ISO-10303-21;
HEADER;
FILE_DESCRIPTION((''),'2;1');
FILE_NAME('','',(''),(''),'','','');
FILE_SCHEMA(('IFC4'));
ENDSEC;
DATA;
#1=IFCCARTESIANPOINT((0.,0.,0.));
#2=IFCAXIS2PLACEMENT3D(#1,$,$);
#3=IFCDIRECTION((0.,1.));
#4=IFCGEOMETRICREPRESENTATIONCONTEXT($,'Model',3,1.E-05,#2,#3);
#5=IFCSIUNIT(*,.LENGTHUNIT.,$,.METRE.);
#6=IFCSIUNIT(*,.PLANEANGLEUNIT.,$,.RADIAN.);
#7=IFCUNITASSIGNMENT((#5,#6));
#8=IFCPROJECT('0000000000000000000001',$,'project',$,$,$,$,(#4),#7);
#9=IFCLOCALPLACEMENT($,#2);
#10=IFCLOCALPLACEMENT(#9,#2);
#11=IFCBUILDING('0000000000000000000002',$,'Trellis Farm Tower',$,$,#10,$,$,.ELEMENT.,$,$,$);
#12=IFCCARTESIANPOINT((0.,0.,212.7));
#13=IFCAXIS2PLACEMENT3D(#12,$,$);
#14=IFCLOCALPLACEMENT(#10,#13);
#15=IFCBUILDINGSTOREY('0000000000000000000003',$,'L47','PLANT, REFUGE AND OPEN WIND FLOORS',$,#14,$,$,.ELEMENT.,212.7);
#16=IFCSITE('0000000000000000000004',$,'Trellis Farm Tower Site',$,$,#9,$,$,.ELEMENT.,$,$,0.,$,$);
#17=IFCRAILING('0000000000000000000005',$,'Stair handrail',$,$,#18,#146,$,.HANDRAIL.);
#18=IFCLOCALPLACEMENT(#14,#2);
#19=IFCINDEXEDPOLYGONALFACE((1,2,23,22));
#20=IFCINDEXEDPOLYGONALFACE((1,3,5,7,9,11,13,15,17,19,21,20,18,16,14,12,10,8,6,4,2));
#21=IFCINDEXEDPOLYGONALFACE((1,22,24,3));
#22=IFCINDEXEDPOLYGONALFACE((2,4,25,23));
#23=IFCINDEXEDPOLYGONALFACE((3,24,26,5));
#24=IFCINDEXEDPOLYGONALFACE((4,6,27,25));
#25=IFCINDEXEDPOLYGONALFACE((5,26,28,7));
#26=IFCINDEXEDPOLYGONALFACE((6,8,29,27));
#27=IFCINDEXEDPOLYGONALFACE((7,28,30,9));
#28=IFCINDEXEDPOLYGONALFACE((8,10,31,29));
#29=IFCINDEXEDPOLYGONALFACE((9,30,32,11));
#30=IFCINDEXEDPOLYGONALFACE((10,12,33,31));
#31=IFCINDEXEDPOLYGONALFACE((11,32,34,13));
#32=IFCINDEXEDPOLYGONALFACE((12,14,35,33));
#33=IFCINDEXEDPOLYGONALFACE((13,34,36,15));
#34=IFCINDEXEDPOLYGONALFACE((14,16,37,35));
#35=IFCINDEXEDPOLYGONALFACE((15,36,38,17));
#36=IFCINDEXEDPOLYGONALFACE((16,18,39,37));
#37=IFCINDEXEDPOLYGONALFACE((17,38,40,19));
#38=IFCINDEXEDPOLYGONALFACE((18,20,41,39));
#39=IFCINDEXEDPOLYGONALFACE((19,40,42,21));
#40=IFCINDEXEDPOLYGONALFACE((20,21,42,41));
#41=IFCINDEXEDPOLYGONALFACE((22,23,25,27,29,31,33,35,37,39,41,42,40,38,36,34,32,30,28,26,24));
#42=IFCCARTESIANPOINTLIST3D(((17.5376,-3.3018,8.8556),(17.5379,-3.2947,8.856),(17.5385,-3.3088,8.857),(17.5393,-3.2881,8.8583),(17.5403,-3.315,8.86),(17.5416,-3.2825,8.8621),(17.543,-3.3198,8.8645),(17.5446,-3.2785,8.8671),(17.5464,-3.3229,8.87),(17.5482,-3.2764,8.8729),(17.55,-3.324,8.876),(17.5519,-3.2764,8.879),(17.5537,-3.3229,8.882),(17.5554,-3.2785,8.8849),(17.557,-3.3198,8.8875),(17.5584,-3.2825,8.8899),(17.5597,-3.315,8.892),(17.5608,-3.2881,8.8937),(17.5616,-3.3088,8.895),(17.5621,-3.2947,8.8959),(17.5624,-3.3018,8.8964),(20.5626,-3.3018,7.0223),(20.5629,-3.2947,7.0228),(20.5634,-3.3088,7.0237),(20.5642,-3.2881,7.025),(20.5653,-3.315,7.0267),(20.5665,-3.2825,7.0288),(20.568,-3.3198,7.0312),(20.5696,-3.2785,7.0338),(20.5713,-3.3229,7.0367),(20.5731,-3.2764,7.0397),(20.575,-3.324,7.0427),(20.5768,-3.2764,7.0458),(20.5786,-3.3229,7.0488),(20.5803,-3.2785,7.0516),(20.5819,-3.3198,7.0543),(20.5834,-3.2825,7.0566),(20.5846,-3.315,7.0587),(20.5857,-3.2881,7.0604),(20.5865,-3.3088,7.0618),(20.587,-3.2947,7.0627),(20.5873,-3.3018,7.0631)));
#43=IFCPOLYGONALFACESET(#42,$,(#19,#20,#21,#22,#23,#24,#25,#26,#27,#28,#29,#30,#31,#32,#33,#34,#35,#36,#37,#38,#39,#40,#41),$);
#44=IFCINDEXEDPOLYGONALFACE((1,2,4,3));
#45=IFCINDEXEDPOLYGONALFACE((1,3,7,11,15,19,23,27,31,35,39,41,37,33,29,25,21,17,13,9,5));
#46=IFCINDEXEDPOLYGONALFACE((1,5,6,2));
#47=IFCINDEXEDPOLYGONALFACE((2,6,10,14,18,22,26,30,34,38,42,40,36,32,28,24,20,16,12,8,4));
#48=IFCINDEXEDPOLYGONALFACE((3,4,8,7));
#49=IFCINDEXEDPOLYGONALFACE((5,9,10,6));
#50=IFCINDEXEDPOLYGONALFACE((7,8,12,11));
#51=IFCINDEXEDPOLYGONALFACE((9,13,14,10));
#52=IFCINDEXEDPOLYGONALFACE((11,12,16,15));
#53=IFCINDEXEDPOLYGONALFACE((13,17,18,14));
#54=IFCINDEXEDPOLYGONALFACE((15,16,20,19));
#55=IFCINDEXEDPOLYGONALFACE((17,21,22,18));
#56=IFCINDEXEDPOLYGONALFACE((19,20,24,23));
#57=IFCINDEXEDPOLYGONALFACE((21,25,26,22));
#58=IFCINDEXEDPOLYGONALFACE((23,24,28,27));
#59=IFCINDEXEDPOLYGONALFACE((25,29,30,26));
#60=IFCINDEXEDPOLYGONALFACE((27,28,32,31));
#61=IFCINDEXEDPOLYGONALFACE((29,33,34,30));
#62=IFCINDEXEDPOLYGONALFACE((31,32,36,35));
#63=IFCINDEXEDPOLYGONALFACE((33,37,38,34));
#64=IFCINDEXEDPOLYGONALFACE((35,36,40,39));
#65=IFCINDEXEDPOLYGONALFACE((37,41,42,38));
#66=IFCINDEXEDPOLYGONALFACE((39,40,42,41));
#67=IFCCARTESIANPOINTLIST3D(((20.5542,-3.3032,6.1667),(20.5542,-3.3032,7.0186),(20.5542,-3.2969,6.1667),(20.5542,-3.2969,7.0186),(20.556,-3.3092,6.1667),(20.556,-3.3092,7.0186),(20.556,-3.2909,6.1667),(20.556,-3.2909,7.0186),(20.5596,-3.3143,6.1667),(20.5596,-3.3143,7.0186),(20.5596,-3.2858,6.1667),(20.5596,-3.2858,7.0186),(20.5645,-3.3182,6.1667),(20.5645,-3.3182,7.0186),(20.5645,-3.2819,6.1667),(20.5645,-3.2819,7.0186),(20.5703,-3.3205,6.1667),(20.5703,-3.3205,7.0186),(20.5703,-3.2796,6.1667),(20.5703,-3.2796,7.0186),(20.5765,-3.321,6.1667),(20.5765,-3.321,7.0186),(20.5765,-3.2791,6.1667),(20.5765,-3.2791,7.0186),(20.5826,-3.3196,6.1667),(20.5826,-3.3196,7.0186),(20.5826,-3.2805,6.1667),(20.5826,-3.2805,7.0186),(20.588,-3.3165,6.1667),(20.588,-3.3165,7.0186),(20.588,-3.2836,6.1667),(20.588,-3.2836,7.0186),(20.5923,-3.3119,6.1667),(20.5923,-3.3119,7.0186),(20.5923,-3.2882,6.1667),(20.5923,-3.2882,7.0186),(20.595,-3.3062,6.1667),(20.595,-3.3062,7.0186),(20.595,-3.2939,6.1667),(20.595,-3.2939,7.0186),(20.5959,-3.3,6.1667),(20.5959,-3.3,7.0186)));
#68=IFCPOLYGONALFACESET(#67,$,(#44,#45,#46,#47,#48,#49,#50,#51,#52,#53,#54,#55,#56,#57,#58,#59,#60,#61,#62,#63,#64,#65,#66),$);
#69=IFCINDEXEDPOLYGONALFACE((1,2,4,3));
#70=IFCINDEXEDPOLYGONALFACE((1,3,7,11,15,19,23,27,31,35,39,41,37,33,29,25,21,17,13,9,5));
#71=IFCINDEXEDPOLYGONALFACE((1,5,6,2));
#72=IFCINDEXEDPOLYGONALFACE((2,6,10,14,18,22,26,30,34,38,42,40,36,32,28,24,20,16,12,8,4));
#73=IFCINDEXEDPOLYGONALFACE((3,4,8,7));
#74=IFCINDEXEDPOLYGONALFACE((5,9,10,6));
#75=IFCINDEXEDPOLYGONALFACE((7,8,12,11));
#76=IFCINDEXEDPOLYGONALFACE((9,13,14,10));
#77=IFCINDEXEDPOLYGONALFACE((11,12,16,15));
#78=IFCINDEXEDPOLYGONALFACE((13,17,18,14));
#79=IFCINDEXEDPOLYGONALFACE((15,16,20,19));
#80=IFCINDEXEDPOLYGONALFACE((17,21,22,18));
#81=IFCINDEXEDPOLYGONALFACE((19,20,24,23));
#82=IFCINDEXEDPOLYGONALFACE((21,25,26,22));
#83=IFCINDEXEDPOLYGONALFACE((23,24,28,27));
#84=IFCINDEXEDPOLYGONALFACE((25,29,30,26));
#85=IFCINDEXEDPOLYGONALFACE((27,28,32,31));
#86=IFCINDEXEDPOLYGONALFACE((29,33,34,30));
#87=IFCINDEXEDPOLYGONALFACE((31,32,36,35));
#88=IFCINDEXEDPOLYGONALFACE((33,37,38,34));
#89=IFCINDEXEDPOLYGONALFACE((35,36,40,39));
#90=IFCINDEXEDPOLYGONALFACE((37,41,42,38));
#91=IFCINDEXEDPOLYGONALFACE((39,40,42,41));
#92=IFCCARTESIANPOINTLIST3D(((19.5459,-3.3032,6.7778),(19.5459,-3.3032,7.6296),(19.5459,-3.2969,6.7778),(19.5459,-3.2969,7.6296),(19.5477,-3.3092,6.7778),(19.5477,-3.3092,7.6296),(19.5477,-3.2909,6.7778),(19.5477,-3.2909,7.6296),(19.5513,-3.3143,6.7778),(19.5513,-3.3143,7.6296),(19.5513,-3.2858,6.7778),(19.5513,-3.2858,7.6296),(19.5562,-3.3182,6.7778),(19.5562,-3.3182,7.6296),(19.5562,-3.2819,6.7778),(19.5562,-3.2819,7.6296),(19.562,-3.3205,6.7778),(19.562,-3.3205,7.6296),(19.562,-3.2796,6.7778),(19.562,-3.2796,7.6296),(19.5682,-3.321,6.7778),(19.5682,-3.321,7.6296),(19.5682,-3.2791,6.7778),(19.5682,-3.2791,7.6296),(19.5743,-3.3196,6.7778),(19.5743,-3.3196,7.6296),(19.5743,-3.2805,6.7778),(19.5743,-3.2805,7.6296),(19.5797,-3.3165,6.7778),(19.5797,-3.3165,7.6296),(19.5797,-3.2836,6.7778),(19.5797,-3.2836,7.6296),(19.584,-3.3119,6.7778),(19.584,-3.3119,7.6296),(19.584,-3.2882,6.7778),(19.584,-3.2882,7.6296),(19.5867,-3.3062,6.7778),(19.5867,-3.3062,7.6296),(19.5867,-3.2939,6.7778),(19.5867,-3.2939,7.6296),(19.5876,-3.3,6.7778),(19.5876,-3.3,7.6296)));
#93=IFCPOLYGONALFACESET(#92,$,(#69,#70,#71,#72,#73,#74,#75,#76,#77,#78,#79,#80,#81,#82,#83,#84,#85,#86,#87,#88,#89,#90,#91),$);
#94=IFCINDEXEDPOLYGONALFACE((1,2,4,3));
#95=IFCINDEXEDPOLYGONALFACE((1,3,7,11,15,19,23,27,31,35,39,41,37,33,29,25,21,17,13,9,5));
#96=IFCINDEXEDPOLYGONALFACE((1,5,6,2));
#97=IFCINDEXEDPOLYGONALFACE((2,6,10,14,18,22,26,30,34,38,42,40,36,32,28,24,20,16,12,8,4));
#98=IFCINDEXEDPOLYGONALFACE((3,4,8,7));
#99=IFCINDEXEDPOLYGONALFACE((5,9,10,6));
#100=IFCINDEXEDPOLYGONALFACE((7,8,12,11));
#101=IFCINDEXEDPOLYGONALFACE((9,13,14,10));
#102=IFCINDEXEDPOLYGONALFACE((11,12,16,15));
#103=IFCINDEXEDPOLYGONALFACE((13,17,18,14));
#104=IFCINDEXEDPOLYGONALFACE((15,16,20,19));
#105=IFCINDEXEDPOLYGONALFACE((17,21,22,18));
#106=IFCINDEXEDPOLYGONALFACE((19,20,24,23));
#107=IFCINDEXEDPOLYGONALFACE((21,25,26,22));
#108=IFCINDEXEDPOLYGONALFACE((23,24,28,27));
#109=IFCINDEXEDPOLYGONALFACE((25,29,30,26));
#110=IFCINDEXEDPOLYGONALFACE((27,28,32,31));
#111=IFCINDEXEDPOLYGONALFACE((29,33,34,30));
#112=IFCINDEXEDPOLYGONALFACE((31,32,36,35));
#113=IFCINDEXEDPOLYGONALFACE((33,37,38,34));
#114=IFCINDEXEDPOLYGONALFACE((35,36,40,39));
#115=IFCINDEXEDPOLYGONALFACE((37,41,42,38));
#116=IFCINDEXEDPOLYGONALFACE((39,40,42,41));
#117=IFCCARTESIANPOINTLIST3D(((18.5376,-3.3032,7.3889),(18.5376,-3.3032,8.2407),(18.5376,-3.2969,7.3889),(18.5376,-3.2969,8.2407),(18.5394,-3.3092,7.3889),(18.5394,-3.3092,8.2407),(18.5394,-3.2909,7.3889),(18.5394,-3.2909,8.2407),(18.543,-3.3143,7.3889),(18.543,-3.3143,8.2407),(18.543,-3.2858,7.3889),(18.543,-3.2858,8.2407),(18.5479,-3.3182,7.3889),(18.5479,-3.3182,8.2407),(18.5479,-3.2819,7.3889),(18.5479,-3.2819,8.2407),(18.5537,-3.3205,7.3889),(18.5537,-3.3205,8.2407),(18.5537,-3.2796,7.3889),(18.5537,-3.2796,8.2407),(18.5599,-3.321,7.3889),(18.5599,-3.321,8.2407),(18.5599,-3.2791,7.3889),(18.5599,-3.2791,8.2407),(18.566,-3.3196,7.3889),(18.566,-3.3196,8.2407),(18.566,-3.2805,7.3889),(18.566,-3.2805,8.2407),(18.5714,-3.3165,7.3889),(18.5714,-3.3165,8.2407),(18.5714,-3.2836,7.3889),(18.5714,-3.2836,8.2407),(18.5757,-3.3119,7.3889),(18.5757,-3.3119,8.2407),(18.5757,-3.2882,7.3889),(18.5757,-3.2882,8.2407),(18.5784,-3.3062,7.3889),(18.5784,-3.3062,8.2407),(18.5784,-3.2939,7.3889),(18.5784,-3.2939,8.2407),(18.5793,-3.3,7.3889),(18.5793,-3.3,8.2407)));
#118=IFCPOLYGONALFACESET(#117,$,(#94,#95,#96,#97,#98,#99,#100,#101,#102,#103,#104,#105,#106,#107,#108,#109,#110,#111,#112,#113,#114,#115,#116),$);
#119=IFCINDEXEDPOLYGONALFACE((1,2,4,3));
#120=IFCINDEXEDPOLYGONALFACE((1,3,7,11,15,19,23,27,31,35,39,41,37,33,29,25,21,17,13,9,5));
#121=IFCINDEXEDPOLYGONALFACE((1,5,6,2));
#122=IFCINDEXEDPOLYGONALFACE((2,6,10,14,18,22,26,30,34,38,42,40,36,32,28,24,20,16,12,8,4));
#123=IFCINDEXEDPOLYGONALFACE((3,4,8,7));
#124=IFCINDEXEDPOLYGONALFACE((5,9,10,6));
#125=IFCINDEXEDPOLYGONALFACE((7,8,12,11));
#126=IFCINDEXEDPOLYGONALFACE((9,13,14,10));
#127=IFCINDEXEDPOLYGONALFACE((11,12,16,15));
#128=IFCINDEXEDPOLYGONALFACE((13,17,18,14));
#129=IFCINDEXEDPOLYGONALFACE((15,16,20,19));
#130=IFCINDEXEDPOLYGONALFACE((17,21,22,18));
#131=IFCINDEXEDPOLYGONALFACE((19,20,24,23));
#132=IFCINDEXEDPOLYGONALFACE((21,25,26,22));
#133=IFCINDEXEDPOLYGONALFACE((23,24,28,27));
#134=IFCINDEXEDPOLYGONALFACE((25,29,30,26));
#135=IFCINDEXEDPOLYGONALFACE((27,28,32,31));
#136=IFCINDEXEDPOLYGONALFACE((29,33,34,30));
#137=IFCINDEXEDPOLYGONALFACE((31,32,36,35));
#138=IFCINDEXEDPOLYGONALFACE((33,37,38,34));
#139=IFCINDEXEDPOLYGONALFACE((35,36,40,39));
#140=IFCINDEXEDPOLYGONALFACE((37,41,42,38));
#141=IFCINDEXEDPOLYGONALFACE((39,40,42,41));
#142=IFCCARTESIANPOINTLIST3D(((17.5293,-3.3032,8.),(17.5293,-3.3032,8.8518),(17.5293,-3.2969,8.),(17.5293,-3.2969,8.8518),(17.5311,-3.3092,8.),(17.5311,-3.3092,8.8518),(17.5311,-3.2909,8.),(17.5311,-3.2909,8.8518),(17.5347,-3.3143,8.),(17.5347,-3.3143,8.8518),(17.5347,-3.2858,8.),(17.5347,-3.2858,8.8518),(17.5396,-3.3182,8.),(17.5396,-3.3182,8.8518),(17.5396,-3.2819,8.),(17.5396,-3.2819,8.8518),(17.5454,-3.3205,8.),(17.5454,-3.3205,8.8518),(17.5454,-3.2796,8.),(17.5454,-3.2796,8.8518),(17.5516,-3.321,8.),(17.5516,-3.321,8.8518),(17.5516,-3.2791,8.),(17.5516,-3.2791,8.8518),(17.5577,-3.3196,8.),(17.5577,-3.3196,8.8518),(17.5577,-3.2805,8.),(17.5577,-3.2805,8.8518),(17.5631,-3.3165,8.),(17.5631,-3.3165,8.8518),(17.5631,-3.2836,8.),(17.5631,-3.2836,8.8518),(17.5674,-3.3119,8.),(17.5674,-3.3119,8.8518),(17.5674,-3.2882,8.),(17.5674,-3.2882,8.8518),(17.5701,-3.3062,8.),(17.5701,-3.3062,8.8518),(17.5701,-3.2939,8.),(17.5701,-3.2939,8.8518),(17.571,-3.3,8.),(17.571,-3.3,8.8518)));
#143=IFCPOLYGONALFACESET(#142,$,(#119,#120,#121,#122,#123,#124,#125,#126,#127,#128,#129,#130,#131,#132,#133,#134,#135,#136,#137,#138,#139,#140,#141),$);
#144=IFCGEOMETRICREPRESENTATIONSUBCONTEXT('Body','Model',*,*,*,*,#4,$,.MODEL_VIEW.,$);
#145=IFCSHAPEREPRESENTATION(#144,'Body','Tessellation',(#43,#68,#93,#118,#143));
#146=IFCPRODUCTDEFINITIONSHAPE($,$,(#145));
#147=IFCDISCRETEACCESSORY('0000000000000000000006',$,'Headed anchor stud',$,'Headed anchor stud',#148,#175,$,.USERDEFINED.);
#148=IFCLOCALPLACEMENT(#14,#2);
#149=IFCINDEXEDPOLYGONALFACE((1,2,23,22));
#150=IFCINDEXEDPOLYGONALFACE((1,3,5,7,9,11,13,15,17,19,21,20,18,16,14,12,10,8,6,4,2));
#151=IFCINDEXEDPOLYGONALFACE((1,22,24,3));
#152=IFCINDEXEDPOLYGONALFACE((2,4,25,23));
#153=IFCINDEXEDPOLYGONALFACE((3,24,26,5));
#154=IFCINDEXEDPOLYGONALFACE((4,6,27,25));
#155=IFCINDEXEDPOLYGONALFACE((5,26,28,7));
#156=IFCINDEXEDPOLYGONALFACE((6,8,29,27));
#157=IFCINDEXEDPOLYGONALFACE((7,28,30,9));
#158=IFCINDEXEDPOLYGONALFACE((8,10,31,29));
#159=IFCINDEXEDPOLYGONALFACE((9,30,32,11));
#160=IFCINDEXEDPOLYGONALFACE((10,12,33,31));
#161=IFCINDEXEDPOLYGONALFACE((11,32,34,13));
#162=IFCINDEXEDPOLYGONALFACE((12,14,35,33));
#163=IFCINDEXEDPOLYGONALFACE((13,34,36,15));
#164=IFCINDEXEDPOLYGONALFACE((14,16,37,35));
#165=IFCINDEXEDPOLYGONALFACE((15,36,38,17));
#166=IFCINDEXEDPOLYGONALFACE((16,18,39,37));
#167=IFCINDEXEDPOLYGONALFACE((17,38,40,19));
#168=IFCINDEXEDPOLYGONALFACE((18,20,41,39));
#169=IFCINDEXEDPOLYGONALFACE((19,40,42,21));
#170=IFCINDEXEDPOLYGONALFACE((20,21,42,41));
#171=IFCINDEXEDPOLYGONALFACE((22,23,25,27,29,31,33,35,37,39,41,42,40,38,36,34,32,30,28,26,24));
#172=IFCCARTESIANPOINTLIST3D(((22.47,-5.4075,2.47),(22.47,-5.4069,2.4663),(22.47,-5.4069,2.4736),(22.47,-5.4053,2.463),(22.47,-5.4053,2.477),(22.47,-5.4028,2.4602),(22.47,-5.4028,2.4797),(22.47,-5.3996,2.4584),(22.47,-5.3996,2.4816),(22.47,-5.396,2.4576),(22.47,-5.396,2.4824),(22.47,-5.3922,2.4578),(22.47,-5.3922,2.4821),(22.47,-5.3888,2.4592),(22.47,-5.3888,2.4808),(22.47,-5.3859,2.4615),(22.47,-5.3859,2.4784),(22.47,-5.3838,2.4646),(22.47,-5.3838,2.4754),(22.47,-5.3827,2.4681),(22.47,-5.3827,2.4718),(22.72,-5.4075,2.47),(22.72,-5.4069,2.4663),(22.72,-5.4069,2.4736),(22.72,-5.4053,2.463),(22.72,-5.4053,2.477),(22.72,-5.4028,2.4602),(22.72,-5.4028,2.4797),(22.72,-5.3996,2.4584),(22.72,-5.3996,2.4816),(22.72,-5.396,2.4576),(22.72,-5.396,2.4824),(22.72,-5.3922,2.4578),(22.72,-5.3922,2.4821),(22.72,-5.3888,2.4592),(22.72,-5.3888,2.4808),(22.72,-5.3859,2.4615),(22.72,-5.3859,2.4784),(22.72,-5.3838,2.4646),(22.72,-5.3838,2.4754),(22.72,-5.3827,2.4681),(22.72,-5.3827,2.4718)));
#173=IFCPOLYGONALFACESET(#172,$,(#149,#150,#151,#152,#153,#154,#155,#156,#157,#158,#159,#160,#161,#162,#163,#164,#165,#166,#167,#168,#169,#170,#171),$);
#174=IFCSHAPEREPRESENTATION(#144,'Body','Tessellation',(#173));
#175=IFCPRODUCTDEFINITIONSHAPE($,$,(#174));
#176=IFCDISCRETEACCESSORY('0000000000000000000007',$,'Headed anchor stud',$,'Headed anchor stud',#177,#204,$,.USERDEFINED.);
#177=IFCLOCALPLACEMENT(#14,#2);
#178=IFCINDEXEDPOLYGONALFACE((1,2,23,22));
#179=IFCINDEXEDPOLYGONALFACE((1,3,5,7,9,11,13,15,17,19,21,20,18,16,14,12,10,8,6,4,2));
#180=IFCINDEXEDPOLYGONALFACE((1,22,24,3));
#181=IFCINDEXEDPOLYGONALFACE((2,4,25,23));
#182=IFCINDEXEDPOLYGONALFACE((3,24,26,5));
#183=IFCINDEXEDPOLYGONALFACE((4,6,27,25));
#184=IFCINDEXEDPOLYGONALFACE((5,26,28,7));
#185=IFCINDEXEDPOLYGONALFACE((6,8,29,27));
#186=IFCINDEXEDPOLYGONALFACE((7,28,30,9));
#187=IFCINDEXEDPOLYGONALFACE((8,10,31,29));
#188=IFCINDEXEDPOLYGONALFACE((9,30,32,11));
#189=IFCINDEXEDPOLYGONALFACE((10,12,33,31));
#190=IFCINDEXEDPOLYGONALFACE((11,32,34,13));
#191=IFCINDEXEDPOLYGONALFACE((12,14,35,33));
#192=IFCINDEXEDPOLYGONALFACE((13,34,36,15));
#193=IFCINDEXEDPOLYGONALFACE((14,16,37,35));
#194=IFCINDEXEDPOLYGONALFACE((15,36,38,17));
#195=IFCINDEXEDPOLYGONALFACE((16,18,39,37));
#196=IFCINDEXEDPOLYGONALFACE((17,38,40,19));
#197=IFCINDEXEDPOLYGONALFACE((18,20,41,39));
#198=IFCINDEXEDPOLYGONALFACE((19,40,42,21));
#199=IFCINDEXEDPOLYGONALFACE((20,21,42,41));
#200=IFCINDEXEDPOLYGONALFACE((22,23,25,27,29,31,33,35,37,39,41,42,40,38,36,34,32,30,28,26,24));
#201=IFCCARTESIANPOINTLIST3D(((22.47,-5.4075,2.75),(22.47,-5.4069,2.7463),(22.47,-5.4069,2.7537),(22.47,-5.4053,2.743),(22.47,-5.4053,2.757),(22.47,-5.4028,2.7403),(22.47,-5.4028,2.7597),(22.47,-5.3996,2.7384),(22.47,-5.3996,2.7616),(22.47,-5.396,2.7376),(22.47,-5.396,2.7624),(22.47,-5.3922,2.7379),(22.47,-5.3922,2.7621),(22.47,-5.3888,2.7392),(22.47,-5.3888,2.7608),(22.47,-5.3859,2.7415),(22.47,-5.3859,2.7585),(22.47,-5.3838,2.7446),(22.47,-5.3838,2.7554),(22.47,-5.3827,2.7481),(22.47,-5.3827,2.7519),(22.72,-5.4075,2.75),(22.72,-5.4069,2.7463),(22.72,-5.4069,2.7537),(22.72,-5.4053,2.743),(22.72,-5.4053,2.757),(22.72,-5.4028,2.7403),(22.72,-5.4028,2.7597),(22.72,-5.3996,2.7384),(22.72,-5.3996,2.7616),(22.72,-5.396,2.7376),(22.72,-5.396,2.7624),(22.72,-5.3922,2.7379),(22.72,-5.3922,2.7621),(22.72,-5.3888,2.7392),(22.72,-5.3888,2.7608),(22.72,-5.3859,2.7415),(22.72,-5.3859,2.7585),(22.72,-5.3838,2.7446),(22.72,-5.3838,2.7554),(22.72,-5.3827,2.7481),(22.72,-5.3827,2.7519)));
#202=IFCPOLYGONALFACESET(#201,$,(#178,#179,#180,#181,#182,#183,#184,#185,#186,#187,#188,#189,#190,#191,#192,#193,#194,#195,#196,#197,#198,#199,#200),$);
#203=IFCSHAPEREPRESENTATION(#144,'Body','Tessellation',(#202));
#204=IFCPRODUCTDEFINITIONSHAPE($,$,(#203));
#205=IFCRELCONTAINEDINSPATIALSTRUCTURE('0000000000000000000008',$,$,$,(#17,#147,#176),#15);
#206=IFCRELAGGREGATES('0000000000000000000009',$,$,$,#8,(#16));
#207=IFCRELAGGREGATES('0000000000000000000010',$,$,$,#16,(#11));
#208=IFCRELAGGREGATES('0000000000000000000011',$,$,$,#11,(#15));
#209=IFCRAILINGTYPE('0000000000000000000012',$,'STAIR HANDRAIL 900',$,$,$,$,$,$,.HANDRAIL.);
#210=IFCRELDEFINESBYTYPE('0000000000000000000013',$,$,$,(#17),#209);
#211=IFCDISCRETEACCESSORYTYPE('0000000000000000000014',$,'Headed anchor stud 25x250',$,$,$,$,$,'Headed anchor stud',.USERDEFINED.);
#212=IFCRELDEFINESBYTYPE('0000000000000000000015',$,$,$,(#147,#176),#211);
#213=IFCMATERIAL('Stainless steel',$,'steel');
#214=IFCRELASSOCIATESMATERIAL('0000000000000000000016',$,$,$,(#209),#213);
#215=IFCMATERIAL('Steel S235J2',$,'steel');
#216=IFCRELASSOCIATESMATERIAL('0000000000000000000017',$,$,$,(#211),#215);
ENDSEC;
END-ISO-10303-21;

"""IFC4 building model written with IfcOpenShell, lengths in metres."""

from ifc_helpers import new_model, si_unit, direction, frame, origin, origin_2d, place, context, subcontext, project, spatial, circle, extrude, source, transform, mapped, material, material_profile, profile_set, type_object, element, save


model = new_model("IFC4")

# Units and contexts
model_context = context("Model", 3, precision=1e-05, world=origin(), true_north=direction((0.0, 1.0)))
body_context = subcontext(model_context, "Body", "Model", "MODEL_VIEW")
ifc_project = project(units=[si_unit("LENGTHUNIT", "METRE"), si_unit("PLANEANGLEUNIT", "RADIAN")], contexts=[model_context])

# Site, building, storey
site_placement = place(None, origin())
site = spatial("IfcSite", under=ifc_project, at=site_placement, Name="Trellis Farm Tower Site", CompositionType="ELEMENT", RefElevation=0.0)
building_placement = place(site_placement, origin())
building = spatial("IfcBuilding", under=site, at=building_placement, Name="Trellis Farm Tower", CompositionType="ELEMENT")
storey_placement = place(building_placement, frame((0.0, 0.0, 212.7)))
storey = spatial("IfcBuildingStorey", under=building, at=storey_placement, Name="L47", Description="PLANT, REFUGE AND OPEN WIND FLOORS", CompositionType="ELEMENT", Elevation=212.7)

# Railing
ifc_material_1 = material(Name="Stainless steel", Category="steel")
railing_type = type_object("IfcRailingType", Name="STAIR HANDRAIL 900", PredefinedType="HANDRAIL", material=ifc_material_1)
shared_shape_1 = source(origin(), body_context, "Body", "SweptSolid", [
    extrude(circle(Radius=0.0239, at=origin_2d()), frame((0.0, 0.0, 0.876), z_axis=(-0.855201, 0.0, 0.518297), x_axis=(0.0, -1.0, 0.0)), (0.0, 0.0, 1.0), 3.5371),
    extrude(circle(Radius=0.021, at=origin_2d()), origin(), (0.0, 0.0, 1.0), 0.8518),
    extrude(circle(Radius=0.021, at=origin_2d()), frame((-1.0083, 0.0, 0.6111)), (0.0, 0.0, 1.0), 0.8518),
    extrude(circle(Radius=0.021, at=origin_2d()), frame((-2.0166, 0.0, 1.2222)), (0.0, 0.0, 1.0), 0.8518),
    extrude(circle(Radius=0.021, at=origin_2d()), frame((-3.0249, 0.0, 1.8333)), (0.0, 0.0, 1.0), 0.8518),
])
for number, where, name in (
    (1, (20.575, -3.3, 6.1667), "Stair handrail"),
):
    element("IfcRailing", number, at=place(storey_placement, frame(where)), inside=storey, type_object=railing_type, Name=name, PredefinedType="HANDRAIL", context=body_context, shape_type="MappedRepresentation", body=[
        mapped(shared_shape_1, transform((0.0, 0.0, 0.0))),
    ])

# Discrete accessories
ifc_material_2 = material(Name="Steel S235J2", Category="steel")
ifc_material_profile = material_profile(ifc_material_2, circle(Radius=0.0125, at=origin_2d()), Name="Headed anchor stud 25x250")
ifc_profile_set = profile_set([ifc_material_profile], Name="Steel S235J2")
discrete_accessory_type = type_object("IfcDiscreteAccessoryType", Name="Headed anchor stud 25x250", ElementType="Headed anchor stud", PredefinedType="USERDEFINED", material=ifc_profile_set)
shared_shape_2 = source(origin(), body_context, "Body", "SweptSolid", [
    extrude(circle(Radius=0.0125, at=origin_2d()), origin(), (0.0, 0.0, 1.0), 0.25),
])
for number, where, z_axis, x_axis, name in (
    (2, (22.72, -5.395, 2.47), (-1.0, 0.0, 0.0), (0.0, -1.0, 0.0), "Headed anchor stud"),
    (3, (22.72, -5.395, 2.75), (-1.0, 0.0, 0.0), (0.0, -1.0, 0.0), "Headed anchor stud"),
):
    element("IfcDiscreteAccessory", number, at=place(storey_placement, frame(where, z_axis=z_axis, x_axis=x_axis)), inside=storey, type_object=discrete_accessory_type, Name=name, ObjectType="Headed anchor stud", PredefinedType="USERDEFINED", context=body_context, shape_type="MappedRepresentation", body=[
        mapped(shared_shape_2, transform((0.0, 0.0, 0.0))),
    ])

save(model, "model.ifc")
